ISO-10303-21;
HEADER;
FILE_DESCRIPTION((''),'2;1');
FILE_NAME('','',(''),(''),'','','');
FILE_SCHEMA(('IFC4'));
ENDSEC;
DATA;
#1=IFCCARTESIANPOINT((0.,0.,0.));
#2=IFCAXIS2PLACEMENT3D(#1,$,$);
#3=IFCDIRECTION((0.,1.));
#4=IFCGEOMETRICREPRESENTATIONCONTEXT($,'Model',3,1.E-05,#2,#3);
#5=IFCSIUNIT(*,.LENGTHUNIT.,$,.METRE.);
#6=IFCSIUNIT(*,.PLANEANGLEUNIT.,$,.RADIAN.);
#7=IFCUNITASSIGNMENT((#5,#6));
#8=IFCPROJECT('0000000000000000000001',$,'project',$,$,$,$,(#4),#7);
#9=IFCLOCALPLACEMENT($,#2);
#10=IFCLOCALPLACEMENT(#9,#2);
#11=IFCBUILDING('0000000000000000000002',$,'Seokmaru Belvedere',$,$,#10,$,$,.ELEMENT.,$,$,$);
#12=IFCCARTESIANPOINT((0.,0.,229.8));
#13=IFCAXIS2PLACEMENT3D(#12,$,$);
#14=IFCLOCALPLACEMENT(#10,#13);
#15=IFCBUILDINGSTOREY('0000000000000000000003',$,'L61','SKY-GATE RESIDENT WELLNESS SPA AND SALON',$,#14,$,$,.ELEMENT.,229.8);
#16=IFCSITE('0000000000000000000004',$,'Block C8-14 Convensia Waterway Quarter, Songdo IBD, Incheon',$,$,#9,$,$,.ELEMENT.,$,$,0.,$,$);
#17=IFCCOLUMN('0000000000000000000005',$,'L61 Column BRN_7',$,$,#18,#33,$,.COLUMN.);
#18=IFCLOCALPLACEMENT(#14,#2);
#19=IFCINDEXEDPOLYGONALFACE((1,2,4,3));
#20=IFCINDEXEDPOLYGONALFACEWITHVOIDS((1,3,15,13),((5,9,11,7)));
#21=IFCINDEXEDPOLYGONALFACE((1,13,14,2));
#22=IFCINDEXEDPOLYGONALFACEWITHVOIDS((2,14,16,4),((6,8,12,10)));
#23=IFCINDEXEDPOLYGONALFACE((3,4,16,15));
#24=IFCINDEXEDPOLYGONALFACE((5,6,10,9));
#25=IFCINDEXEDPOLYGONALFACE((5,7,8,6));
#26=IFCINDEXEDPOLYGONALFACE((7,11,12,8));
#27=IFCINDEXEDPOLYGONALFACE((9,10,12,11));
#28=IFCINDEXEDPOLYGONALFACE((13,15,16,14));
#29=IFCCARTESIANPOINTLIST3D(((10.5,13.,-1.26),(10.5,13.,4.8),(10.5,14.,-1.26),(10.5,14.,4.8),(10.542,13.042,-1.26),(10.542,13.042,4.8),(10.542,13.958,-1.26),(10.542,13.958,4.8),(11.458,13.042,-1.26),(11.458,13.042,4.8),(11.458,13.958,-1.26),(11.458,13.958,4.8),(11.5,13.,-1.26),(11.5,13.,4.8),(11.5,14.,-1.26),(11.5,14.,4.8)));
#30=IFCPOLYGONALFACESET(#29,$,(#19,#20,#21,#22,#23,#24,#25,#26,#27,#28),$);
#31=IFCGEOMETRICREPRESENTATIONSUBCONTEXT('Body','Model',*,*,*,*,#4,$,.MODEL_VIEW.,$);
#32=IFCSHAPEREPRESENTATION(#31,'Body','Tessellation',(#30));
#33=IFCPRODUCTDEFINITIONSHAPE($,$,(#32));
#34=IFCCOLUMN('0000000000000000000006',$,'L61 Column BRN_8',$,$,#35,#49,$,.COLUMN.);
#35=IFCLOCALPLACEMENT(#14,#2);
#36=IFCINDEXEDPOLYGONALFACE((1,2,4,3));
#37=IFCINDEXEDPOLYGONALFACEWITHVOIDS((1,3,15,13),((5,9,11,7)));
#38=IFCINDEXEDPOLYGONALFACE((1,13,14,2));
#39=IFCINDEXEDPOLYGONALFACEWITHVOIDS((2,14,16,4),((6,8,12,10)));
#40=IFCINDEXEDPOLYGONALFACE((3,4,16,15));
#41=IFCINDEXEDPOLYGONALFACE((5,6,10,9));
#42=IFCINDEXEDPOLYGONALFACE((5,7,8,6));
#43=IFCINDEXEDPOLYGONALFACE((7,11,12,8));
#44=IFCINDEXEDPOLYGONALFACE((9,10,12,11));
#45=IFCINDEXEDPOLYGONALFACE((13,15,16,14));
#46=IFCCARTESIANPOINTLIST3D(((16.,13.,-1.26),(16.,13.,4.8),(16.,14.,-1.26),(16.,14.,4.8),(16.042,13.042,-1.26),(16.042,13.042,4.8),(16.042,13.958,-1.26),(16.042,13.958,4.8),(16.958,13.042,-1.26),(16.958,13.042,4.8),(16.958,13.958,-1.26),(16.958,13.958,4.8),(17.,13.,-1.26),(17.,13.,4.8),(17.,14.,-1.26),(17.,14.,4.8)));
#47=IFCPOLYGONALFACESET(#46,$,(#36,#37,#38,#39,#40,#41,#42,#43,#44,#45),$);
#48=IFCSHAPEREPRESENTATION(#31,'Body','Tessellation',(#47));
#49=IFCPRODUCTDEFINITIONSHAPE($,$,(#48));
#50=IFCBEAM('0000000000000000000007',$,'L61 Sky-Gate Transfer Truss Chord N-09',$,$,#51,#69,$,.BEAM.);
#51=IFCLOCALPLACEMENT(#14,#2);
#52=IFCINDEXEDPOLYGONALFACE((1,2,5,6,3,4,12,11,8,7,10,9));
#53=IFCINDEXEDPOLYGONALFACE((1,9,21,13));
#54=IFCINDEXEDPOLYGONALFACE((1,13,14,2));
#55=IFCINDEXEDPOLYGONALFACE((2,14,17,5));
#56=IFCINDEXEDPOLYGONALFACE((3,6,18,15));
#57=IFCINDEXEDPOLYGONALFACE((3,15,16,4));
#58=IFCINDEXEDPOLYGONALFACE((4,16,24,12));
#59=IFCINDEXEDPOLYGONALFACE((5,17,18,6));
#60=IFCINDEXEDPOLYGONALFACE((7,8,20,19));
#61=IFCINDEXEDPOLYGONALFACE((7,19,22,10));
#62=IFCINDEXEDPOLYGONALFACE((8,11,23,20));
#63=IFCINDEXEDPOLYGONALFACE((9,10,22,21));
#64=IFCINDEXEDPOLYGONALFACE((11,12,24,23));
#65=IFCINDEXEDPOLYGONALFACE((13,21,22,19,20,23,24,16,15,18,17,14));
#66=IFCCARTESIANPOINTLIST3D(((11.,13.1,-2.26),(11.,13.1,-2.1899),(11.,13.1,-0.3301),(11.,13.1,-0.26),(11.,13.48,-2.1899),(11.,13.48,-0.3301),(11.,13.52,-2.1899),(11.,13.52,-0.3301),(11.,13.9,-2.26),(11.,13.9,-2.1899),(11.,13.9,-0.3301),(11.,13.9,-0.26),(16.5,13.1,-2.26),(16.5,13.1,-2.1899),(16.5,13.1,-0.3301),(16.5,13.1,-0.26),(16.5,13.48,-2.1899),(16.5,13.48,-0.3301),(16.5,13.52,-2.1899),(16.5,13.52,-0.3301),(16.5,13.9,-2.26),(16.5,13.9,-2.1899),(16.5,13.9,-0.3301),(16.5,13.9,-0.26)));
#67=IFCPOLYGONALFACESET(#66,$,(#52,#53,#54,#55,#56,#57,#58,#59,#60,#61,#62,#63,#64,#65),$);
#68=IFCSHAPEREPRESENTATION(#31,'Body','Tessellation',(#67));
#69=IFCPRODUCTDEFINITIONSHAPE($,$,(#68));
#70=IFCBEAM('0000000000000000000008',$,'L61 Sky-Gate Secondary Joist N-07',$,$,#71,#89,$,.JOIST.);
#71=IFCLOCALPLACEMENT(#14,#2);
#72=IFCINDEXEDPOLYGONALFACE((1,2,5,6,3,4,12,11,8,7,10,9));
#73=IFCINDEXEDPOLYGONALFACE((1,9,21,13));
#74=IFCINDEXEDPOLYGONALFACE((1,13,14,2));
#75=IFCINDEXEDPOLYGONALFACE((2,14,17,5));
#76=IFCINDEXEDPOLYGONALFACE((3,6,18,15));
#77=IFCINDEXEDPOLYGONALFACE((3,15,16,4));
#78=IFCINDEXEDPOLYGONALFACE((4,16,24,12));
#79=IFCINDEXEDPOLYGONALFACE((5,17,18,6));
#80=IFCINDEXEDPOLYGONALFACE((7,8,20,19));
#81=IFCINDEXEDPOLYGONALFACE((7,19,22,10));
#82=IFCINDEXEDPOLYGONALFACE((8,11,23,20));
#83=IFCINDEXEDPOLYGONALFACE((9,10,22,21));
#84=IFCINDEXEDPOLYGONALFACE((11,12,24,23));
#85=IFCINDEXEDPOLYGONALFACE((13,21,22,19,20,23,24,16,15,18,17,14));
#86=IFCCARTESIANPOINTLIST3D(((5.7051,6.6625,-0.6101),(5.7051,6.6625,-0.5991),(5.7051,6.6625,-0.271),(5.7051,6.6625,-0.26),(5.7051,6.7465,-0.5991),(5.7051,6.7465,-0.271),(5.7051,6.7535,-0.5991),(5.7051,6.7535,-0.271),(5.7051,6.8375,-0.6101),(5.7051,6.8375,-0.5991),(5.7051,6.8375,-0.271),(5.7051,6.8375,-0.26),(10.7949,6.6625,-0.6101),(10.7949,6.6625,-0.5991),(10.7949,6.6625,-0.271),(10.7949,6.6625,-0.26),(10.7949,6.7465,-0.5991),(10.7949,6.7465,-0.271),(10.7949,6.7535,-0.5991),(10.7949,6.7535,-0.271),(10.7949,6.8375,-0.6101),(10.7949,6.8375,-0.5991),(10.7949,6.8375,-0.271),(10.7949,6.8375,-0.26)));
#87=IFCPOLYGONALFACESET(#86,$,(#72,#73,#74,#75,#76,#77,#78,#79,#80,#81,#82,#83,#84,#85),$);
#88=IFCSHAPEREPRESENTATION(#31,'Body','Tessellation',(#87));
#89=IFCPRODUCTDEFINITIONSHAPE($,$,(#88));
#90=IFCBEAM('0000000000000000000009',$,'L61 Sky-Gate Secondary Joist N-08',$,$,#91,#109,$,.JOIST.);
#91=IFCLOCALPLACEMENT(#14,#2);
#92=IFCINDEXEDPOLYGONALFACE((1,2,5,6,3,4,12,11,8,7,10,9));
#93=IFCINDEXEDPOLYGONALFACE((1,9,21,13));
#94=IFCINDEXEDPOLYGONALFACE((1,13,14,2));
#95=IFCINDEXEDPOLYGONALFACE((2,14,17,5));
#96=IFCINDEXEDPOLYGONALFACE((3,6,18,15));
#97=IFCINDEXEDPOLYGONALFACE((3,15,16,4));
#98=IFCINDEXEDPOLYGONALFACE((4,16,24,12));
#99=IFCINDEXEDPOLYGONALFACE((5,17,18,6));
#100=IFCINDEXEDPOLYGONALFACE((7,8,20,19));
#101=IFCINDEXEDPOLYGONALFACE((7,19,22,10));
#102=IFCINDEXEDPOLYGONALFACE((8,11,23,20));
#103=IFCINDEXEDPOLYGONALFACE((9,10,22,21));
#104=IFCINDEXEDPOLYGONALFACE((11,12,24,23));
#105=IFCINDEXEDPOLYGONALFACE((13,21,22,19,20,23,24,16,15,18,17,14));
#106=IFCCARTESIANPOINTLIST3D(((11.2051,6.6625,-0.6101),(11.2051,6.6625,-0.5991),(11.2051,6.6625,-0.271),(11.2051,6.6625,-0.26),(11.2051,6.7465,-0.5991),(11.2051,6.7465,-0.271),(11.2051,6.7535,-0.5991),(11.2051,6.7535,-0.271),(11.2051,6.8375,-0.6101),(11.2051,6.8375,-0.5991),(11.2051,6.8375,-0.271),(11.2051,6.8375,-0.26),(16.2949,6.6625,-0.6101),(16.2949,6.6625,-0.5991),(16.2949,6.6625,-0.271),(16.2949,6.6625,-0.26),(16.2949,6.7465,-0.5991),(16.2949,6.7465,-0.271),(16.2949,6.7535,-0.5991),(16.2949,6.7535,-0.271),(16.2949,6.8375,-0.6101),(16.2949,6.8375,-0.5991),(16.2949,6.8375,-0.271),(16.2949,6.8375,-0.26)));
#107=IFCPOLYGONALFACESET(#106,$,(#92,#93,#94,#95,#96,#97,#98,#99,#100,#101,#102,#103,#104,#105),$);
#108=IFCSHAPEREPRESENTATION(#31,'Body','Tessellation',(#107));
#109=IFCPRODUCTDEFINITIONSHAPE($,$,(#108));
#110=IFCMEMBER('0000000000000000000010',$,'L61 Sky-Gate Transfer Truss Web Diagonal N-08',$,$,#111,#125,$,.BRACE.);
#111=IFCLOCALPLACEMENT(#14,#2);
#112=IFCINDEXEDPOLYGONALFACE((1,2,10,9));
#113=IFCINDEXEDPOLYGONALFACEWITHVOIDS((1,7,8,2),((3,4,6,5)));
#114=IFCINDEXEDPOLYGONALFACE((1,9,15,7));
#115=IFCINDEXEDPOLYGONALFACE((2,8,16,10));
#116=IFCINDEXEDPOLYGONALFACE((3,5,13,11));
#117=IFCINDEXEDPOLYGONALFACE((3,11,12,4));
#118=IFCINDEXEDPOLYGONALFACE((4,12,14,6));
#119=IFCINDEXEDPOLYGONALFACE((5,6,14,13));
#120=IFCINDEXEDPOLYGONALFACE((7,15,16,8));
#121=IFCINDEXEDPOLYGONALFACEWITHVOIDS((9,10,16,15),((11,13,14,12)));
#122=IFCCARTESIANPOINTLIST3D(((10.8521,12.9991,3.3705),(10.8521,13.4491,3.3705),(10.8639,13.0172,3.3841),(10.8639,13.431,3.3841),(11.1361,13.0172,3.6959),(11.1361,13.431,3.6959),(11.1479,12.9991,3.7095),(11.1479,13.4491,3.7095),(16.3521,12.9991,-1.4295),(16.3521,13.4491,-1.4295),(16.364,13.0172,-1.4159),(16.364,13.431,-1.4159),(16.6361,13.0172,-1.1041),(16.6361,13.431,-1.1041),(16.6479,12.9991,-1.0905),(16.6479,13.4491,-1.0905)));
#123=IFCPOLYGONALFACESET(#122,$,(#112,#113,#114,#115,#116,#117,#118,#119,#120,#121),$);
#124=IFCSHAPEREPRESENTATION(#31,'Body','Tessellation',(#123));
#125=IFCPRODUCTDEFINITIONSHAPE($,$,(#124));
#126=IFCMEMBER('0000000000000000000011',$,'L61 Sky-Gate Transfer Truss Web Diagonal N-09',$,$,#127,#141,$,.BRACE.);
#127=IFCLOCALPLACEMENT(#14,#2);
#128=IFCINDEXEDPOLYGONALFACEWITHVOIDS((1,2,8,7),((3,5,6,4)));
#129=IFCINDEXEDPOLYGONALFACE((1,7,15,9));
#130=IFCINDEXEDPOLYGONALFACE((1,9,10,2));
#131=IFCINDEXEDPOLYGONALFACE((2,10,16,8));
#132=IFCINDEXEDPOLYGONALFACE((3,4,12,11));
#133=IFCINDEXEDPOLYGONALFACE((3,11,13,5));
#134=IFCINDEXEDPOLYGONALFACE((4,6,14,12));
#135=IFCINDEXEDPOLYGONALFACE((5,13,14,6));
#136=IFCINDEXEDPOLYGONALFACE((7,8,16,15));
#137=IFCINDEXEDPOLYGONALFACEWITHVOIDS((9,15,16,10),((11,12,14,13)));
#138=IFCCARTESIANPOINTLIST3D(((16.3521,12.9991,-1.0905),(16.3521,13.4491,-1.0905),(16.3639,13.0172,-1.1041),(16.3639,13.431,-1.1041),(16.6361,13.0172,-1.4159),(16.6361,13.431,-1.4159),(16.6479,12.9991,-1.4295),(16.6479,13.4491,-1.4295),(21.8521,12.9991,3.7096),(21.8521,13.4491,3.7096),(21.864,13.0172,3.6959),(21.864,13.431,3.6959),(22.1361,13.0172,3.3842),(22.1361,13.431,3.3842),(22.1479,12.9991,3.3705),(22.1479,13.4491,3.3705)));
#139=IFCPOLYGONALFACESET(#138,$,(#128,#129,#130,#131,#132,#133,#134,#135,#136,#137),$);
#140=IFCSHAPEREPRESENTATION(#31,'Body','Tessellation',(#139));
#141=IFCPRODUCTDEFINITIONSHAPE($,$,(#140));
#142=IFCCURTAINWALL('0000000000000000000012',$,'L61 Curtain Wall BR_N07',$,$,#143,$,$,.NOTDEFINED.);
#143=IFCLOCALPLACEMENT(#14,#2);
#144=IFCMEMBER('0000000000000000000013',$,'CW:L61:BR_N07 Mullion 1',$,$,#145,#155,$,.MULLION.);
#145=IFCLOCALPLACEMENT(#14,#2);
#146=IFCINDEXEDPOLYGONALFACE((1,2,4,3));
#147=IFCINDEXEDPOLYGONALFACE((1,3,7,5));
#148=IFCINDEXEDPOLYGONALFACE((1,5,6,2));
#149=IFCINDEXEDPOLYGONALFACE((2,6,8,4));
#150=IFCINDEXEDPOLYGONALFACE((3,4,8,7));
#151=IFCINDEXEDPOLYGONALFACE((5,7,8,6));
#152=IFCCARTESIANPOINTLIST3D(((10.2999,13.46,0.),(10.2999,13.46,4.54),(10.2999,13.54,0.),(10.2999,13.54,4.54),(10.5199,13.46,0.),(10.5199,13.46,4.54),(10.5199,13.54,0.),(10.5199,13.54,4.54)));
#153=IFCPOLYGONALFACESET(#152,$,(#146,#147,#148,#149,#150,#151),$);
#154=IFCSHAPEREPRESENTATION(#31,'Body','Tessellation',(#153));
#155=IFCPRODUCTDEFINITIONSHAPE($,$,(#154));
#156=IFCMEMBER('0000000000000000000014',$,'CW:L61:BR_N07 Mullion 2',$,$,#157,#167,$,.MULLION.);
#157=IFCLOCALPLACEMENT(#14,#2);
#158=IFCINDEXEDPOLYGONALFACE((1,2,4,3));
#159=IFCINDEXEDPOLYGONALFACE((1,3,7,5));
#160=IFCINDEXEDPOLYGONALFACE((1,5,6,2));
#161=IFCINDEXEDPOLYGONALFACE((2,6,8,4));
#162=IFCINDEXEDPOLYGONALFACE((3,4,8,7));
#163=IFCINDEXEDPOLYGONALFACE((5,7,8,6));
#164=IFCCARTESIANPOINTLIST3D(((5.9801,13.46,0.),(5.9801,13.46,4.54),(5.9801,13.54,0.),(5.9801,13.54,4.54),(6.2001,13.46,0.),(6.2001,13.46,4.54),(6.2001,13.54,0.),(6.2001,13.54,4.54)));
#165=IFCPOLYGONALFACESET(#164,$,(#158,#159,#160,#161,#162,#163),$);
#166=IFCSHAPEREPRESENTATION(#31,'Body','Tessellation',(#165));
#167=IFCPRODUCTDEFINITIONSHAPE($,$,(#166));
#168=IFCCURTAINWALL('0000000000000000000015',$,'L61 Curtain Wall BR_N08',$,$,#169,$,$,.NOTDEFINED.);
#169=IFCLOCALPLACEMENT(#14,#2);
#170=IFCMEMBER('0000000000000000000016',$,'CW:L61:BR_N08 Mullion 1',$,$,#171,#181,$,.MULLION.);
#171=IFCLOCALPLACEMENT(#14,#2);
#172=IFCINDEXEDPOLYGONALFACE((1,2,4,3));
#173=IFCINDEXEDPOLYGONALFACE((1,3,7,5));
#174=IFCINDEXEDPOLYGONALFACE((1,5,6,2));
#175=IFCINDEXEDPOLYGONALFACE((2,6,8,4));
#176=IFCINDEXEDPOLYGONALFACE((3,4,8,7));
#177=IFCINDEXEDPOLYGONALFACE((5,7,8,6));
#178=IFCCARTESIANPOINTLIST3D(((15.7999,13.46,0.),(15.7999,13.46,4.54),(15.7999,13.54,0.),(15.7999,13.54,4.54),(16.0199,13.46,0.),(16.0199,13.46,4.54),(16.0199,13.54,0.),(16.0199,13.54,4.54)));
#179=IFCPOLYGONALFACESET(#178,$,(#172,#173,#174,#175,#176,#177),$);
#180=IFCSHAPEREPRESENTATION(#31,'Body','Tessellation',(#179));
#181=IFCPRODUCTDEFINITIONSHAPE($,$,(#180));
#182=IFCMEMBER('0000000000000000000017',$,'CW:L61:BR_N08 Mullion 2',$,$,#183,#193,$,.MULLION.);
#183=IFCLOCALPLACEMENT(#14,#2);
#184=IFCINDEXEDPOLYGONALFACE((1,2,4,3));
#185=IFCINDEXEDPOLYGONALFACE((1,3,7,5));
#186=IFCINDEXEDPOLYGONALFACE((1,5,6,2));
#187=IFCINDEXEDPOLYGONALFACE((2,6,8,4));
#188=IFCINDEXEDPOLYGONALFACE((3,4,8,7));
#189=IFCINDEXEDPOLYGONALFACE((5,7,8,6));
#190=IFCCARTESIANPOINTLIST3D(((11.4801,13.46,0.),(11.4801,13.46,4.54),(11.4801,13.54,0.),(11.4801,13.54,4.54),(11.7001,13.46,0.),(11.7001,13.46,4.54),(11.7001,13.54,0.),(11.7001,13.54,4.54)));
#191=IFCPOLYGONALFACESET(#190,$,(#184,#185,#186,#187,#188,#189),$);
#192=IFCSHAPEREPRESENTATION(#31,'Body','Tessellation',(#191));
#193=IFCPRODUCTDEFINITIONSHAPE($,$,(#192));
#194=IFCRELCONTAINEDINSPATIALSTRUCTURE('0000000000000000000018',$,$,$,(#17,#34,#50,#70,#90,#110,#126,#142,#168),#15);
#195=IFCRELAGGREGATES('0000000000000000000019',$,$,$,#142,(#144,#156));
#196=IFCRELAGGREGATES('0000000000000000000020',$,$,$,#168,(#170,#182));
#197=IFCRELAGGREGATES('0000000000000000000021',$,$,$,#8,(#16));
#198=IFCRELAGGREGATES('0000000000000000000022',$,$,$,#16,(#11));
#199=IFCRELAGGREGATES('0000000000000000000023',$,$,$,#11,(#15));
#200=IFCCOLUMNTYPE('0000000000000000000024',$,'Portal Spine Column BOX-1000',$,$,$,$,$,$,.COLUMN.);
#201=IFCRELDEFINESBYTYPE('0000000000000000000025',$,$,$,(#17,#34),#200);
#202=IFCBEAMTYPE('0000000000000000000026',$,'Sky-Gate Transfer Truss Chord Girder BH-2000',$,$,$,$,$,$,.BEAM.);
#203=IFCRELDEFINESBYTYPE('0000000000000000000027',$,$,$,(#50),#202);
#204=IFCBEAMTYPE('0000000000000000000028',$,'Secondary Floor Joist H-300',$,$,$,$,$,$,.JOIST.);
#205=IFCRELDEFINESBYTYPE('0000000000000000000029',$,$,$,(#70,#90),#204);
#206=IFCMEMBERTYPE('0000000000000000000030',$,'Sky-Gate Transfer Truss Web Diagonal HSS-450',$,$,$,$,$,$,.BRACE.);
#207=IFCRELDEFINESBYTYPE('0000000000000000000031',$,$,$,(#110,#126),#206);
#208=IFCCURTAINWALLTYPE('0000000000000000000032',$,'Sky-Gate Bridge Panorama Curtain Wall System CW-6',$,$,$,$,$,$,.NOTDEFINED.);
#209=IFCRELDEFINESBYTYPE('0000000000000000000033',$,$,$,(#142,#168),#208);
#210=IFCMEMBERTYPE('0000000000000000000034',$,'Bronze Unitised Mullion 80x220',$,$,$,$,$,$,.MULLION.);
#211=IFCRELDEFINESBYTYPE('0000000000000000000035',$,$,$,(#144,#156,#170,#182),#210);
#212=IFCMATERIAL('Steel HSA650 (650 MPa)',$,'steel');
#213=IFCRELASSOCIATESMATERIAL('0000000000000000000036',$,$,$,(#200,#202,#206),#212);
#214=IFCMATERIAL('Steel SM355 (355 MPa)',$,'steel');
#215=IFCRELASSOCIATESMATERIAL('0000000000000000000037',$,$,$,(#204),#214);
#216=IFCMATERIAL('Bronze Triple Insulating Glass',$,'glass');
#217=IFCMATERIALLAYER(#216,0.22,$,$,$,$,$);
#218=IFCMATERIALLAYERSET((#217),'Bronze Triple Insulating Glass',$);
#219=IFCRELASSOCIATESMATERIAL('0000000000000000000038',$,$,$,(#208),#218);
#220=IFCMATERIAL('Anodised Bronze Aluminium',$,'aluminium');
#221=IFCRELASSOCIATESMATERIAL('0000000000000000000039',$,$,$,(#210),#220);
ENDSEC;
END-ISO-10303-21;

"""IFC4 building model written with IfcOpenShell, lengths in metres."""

from ifc_helpers import new_model, si_unit, direction, frame, origin, origin_2d, place, context, subcontext, project, spatial, rectangle, hollow_rectangle, i_section, extrude, source, transform, mapped, material, layer, layer_set, material_profile, profile_set, type_object, type_shapes, element, aggregate, save


model = new_model("IFC4")

# Units and contexts
model_context = context("Model", 3, precision=1e-05, world=origin(), true_north=direction((0.0, 1.0)))
body_context = subcontext(model_context, "Body", "Model", "MODEL_VIEW")
ifc_project = project(units=[si_unit("LENGTHUNIT", "METRE"), si_unit("PLANEANGLEUNIT", "RADIAN")], contexts=[model_context])

# Site, building, storey
site_placement = place(None, origin())
site = spatial("IfcSite", under=ifc_project, at=site_placement, Name="Block C8-14 Convensia Waterway Quarter, Songdo IBD, Incheon", CompositionType="ELEMENT", RefElevation=0.0)
building_placement = place(site_placement, origin())
building = spatial("IfcBuilding", under=site, at=building_placement, Name="Seokmaru Belvedere", CompositionType="ELEMENT")
storey_placement = place(building_placement, frame((0.0, 0.0, 229.8)))
storey = spatial("IfcBuildingStorey", under=building, at=storey_placement, Name="L61", Description="SKY-GATE RESIDENT WELLNESS SPA AND SALON", CompositionType="ELEMENT", Elevation=229.8)

# Columns
ifc_material_1 = material(Name="Steel HSA650 (650 MPa)", Category="steel")
ifc_material_profile_1 = material_profile(ifc_material_1, hollow_rectangle(XDim=1.0, YDim=1.0, WallThickness=0.042, at=origin_2d()), Name="BOX-1000x1000x42")
ifc_profile_set_1 = profile_set([ifc_material_profile_1], Name="Steel HSA650 (650 MPa)")
column_type = type_object("IfcColumnType", Name="Portal Spine Column BOX-1000", PredefinedType="COLUMN", material=ifc_profile_set_1)
shared_shape_1 = source(origin(), body_context, "Body", "SweptSolid", [
    extrude(hollow_rectangle(XDim=1.0, YDim=1.0, WallThickness=0.042, at=origin_2d()), origin(), (0.0, 0.0, 1.0), 6.0601),
])
type_shapes(column_type, [shared_shape_1])
for number, where, z_axis, x_axis, name in (
    (1, (11.0, 13.5, -1.26), (0.0, 0.0, 1.0), (1.0, 0.0, 0.0), "L61 Column BRN_7"),
    (2, (16.5, 13.5, -1.26), (0.0, 0.0, 1.0), (1.0, 0.0, 0.0), "L61 Column BRN_8"),
):
    element("IfcColumn", number, at=place(storey_placement, frame(where, z_axis=z_axis, x_axis=x_axis)), inside=storey, type_object=column_type, Name=name, PredefinedType="COLUMN", context=body_context, shape_type="MappedRepresentation", body=[
        mapped(shared_shape_1, transform((0.0, 0.0, 0.0), scale=1.0)),
    ])

# Beams
ifc_material_profile_2 = material_profile(ifc_material_1, i_section(OverallWidth=0.8, OverallDepth=2.0, WebThickness=0.04, FlangeThickness=0.0701, at=origin_2d()), Name="BH-2000x800x40x70")
ifc_profile_set_2 = profile_set([ifc_material_profile_2], Name="Steel HSA650 (650 MPa)")
beam_type_1 = type_object("IfcBeamType", Name="Sky-Gate Transfer Truss Chord Girder BH-2000", PredefinedType="BEAM", material=ifc_profile_set_2)
shared_shape_2 = source(origin(), body_context, "Body", "SweptSolid", [
    extrude(i_section(OverallWidth=0.8, OverallDepth=2.0, WebThickness=0.04, FlangeThickness=0.0701, at=origin_2d()), origin(), (0.0, 0.0, 1.0), 5.5),
])
type_shapes(beam_type_1, [shared_shape_2])
beam_placement = place(storey_placement, frame((11.0, 13.5, -1.26), z_axis=(1.0, 0.0, 0.0), x_axis=(0.0, 1.0, 0.0)))
element("IfcBeam", 3, at=beam_placement, inside=storey, type_object=beam_type_1, Name="L61 Sky-Gate Transfer Truss Chord N-09", PredefinedType="BEAM", context=body_context, shape_type="MappedRepresentation", body=[
    mapped(shared_shape_2, transform((0.0, 0.0, 0.0), scale=1.0)),
])
ifc_material_2 = material(Name="Steel SM355 (355 MPa)", Category="steel")
ifc_material_profile_3 = material_profile(ifc_material_2, i_section(OverallWidth=0.175, OverallDepth=0.3501, WebThickness=0.0071, FlangeThickness=0.011, at=origin_2d()), Name="H-350x175x7x11")
ifc_profile_set_3 = profile_set([ifc_material_profile_3], Name="Steel SM355 (355 MPa)")
beam_type_2 = type_object("IfcBeamType", Name="Secondary Floor Joist H-300", PredefinedType="JOIST", material=ifc_profile_set_3)
shared_shape_3 = source(origin(), body_context, "Body", "SweptSolid", [
    extrude(i_section(OverallWidth=0.175, OverallDepth=0.3501, WebThickness=0.0071, FlangeThickness=0.011, at=origin_2d()), origin(), (0.0, 0.0, 1.0), 5.0898),
])
type_shapes(beam_type_2, [shared_shape_3])
for number, where, z_axis, x_axis, name in (
    (4, (5.7051, 6.75, -0.4351), (1.0, 0.0, 0.0), (0.0, 1.0, 0.0), "L61 Sky-Gate Secondary Joist N-07"),
    (5, (11.2051, 6.75, -0.4351), (1.0, 0.0, 0.0), (0.0, 1.0, 0.0), "L61 Sky-Gate Secondary Joist N-08"),
):
    element("IfcBeam", number, at=place(storey_placement, frame(where, z_axis=z_axis, x_axis=x_axis)), inside=storey, type_object=beam_type_2, Name=name, PredefinedType="JOIST", context=body_context, shape_type="MappedRepresentation", body=[
        mapped(shared_shape_3, transform((0.0, 0.0, 0.0), scale=1.0)),
    ])

# Members
ifc_material_profile_4 = material_profile(ifc_material_1, hollow_rectangle(XDim=0.45, YDim=0.45, WallThickness=0.0181, at=origin_2d()), Name="HSS-450x450x18")
ifc_profile_set_4 = profile_set([ifc_material_profile_4], Name="Steel HSA650 (650 MPa)")
member_type_1 = type_object("IfcMemberType", Name="Sky-Gate Transfer Truss Web Diagonal HSS-450", PredefinedType="BRACE", material=ifc_profile_set_4)
shared_shape_4 = source(origin(), body_context, "Body", "SweptSolid", [
    extrude(hollow_rectangle(XDim=0.45, YDim=0.45, WallThickness=0.0181, at=origin_2d()), origin(), (0.0, 0.0, 1.0), 7.3),
])
type_shapes(member_type_1, [shared_shape_4])
for number, where, z_axis, x_axis, name in (
    (6, (11.0, 13.2241, 3.54), (0.753421, 0.0, -0.657538), (0.0, 1.0, 0.0), "L61 Sky-Gate Transfer Truss Web Diagonal N-08"),
    (7, (16.5, 13.2241, -1.26), (0.753421, 0.0, 0.657538), (0.0, 1.0, 0.0), "L61 Sky-Gate Transfer Truss Web Diagonal N-09"),
):
    element("IfcMember", number, at=place(storey_placement, frame(where, z_axis=z_axis, x_axis=x_axis)), inside=storey, type_object=member_type_1, Name=name, PredefinedType="BRACE", context=body_context, shape_type="MappedRepresentation", body=[
        mapped(shared_shape_4, transform((0.0, 0.0, 0.0), scale=1.0)),
    ])

# Curtain walls, members
ifc_material_3 = material(Name="Bronze Triple Insulating Glass", Category="glass")
ifc_layer_1 = layer(ifc_material_3, 0.22)
ifc_layer_set_1 = layer_set([ifc_layer_1], Name="Bronze Triple Insulating Glass")
curtain_wall_type = type_object("IfcCurtainWallType", Name="Sky-Gate Bridge Panorama Curtain Wall System CW-6", PredefinedType="NOTDEFINED", material=ifc_layer_set_1)
curtain_wall_1_placement = place(storey_placement, origin())
curtain_wall_1 = element("IfcCurtainWall", 8, at=curtain_wall_1_placement, inside=storey, type_object=curtain_wall_type, Name="L61 Curtain Wall BR_N07", PredefinedType="NOTDEFINED")
ifc_material_4 = material(Name="Anodised Bronze Aluminium", Category="aluminium")
ifc_material_profile_5 = material_profile(ifc_material_4, rectangle(XDim=0.0801, YDim=0.22, at=origin_2d()), Name="CW-M-80x220")
ifc_profile_set_5 = profile_set([ifc_material_profile_5], Name="Anodised Bronze Aluminium")
member_type_2 = type_object("IfcMemberType", Name="Bronze Unitised Mullion 80x220", PredefinedType="MULLION", material=ifc_profile_set_5)
shared_shape_5 = source(origin(), body_context, "Body", "SweptSolid", [
    extrude(rectangle(XDim=0.0801, YDim=0.22, at=origin_2d()), origin(), (0.0, 0.0, 1.0), 4.54),
])
type_shapes(member_type_2, [shared_shape_5])
member_1_placement = place(storey_placement, frame((10.4099, 13.5, 0.0), z_axis=(0.0, 0.0, 1.0), x_axis=(0.0, -1.0, 0.0)))
member_1 = element("IfcMember", 9, at=member_1_placement, type_object=member_type_2, Name="CW:L61:BR_N07 Mullion 1", PredefinedType="MULLION", context=body_context, shape_type="MappedRepresentation", body=[
    mapped(shared_shape_5, transform((0.0, 0.0, 0.0), scale=1.0)),
])
member_2_placement = place(storey_placement, frame((6.0901, 13.5, 0.0), z_axis=(0.0, 0.0, 1.0), x_axis=(0.0, -1.0, 0.0)))
member_2 = element("IfcMember", 10, at=member_2_placement, type_object=member_type_2, Name="CW:L61:BR_N07 Mullion 2", PredefinedType="MULLION", context=body_context, shape_type="MappedRepresentation", body=[
    mapped(shared_shape_5, transform((0.0, 0.0, 0.0), scale=1.0)),
])
curtain_wall_2_placement = place(storey_placement, origin())
curtain_wall_2 = element("IfcCurtainWall", 11, at=curtain_wall_2_placement, inside=storey, type_object=curtain_wall_type, Name="L61 Curtain Wall BR_N08", PredefinedType="NOTDEFINED")
member_3_placement = place(storey_placement, frame((15.9099, 13.5, 0.0), z_axis=(0.0, 0.0, 1.0), x_axis=(0.0, -1.0, 0.0)))
member_3 = element("IfcMember", 12, at=member_3_placement, type_object=member_type_2, Name="CW:L61:BR_N08 Mullion 1", PredefinedType="MULLION", context=body_context, shape_type="MappedRepresentation", body=[
    mapped(shared_shape_5, transform((0.0, 0.0, 0.0), scale=1.0)),
])
member_4_placement = place(storey_placement, frame((11.5901, 13.5, 0.0), z_axis=(0.0, 0.0, 1.0), x_axis=(0.0, -1.0, 0.0)))
member_4 = element("IfcMember", 13, at=member_4_placement, type_object=member_type_2, Name="CW:L61:BR_N08 Mullion 2", PredefinedType="MULLION", context=body_context, shape_type="MappedRepresentation", body=[
    mapped(shared_shape_5, transform((0.0, 0.0, 0.0), scale=1.0)),
])

aggregate(curtain_wall_1, [member_1, member_2])
aggregate(curtain_wall_2, [member_3, member_4])

save(model, "model.ifc")
